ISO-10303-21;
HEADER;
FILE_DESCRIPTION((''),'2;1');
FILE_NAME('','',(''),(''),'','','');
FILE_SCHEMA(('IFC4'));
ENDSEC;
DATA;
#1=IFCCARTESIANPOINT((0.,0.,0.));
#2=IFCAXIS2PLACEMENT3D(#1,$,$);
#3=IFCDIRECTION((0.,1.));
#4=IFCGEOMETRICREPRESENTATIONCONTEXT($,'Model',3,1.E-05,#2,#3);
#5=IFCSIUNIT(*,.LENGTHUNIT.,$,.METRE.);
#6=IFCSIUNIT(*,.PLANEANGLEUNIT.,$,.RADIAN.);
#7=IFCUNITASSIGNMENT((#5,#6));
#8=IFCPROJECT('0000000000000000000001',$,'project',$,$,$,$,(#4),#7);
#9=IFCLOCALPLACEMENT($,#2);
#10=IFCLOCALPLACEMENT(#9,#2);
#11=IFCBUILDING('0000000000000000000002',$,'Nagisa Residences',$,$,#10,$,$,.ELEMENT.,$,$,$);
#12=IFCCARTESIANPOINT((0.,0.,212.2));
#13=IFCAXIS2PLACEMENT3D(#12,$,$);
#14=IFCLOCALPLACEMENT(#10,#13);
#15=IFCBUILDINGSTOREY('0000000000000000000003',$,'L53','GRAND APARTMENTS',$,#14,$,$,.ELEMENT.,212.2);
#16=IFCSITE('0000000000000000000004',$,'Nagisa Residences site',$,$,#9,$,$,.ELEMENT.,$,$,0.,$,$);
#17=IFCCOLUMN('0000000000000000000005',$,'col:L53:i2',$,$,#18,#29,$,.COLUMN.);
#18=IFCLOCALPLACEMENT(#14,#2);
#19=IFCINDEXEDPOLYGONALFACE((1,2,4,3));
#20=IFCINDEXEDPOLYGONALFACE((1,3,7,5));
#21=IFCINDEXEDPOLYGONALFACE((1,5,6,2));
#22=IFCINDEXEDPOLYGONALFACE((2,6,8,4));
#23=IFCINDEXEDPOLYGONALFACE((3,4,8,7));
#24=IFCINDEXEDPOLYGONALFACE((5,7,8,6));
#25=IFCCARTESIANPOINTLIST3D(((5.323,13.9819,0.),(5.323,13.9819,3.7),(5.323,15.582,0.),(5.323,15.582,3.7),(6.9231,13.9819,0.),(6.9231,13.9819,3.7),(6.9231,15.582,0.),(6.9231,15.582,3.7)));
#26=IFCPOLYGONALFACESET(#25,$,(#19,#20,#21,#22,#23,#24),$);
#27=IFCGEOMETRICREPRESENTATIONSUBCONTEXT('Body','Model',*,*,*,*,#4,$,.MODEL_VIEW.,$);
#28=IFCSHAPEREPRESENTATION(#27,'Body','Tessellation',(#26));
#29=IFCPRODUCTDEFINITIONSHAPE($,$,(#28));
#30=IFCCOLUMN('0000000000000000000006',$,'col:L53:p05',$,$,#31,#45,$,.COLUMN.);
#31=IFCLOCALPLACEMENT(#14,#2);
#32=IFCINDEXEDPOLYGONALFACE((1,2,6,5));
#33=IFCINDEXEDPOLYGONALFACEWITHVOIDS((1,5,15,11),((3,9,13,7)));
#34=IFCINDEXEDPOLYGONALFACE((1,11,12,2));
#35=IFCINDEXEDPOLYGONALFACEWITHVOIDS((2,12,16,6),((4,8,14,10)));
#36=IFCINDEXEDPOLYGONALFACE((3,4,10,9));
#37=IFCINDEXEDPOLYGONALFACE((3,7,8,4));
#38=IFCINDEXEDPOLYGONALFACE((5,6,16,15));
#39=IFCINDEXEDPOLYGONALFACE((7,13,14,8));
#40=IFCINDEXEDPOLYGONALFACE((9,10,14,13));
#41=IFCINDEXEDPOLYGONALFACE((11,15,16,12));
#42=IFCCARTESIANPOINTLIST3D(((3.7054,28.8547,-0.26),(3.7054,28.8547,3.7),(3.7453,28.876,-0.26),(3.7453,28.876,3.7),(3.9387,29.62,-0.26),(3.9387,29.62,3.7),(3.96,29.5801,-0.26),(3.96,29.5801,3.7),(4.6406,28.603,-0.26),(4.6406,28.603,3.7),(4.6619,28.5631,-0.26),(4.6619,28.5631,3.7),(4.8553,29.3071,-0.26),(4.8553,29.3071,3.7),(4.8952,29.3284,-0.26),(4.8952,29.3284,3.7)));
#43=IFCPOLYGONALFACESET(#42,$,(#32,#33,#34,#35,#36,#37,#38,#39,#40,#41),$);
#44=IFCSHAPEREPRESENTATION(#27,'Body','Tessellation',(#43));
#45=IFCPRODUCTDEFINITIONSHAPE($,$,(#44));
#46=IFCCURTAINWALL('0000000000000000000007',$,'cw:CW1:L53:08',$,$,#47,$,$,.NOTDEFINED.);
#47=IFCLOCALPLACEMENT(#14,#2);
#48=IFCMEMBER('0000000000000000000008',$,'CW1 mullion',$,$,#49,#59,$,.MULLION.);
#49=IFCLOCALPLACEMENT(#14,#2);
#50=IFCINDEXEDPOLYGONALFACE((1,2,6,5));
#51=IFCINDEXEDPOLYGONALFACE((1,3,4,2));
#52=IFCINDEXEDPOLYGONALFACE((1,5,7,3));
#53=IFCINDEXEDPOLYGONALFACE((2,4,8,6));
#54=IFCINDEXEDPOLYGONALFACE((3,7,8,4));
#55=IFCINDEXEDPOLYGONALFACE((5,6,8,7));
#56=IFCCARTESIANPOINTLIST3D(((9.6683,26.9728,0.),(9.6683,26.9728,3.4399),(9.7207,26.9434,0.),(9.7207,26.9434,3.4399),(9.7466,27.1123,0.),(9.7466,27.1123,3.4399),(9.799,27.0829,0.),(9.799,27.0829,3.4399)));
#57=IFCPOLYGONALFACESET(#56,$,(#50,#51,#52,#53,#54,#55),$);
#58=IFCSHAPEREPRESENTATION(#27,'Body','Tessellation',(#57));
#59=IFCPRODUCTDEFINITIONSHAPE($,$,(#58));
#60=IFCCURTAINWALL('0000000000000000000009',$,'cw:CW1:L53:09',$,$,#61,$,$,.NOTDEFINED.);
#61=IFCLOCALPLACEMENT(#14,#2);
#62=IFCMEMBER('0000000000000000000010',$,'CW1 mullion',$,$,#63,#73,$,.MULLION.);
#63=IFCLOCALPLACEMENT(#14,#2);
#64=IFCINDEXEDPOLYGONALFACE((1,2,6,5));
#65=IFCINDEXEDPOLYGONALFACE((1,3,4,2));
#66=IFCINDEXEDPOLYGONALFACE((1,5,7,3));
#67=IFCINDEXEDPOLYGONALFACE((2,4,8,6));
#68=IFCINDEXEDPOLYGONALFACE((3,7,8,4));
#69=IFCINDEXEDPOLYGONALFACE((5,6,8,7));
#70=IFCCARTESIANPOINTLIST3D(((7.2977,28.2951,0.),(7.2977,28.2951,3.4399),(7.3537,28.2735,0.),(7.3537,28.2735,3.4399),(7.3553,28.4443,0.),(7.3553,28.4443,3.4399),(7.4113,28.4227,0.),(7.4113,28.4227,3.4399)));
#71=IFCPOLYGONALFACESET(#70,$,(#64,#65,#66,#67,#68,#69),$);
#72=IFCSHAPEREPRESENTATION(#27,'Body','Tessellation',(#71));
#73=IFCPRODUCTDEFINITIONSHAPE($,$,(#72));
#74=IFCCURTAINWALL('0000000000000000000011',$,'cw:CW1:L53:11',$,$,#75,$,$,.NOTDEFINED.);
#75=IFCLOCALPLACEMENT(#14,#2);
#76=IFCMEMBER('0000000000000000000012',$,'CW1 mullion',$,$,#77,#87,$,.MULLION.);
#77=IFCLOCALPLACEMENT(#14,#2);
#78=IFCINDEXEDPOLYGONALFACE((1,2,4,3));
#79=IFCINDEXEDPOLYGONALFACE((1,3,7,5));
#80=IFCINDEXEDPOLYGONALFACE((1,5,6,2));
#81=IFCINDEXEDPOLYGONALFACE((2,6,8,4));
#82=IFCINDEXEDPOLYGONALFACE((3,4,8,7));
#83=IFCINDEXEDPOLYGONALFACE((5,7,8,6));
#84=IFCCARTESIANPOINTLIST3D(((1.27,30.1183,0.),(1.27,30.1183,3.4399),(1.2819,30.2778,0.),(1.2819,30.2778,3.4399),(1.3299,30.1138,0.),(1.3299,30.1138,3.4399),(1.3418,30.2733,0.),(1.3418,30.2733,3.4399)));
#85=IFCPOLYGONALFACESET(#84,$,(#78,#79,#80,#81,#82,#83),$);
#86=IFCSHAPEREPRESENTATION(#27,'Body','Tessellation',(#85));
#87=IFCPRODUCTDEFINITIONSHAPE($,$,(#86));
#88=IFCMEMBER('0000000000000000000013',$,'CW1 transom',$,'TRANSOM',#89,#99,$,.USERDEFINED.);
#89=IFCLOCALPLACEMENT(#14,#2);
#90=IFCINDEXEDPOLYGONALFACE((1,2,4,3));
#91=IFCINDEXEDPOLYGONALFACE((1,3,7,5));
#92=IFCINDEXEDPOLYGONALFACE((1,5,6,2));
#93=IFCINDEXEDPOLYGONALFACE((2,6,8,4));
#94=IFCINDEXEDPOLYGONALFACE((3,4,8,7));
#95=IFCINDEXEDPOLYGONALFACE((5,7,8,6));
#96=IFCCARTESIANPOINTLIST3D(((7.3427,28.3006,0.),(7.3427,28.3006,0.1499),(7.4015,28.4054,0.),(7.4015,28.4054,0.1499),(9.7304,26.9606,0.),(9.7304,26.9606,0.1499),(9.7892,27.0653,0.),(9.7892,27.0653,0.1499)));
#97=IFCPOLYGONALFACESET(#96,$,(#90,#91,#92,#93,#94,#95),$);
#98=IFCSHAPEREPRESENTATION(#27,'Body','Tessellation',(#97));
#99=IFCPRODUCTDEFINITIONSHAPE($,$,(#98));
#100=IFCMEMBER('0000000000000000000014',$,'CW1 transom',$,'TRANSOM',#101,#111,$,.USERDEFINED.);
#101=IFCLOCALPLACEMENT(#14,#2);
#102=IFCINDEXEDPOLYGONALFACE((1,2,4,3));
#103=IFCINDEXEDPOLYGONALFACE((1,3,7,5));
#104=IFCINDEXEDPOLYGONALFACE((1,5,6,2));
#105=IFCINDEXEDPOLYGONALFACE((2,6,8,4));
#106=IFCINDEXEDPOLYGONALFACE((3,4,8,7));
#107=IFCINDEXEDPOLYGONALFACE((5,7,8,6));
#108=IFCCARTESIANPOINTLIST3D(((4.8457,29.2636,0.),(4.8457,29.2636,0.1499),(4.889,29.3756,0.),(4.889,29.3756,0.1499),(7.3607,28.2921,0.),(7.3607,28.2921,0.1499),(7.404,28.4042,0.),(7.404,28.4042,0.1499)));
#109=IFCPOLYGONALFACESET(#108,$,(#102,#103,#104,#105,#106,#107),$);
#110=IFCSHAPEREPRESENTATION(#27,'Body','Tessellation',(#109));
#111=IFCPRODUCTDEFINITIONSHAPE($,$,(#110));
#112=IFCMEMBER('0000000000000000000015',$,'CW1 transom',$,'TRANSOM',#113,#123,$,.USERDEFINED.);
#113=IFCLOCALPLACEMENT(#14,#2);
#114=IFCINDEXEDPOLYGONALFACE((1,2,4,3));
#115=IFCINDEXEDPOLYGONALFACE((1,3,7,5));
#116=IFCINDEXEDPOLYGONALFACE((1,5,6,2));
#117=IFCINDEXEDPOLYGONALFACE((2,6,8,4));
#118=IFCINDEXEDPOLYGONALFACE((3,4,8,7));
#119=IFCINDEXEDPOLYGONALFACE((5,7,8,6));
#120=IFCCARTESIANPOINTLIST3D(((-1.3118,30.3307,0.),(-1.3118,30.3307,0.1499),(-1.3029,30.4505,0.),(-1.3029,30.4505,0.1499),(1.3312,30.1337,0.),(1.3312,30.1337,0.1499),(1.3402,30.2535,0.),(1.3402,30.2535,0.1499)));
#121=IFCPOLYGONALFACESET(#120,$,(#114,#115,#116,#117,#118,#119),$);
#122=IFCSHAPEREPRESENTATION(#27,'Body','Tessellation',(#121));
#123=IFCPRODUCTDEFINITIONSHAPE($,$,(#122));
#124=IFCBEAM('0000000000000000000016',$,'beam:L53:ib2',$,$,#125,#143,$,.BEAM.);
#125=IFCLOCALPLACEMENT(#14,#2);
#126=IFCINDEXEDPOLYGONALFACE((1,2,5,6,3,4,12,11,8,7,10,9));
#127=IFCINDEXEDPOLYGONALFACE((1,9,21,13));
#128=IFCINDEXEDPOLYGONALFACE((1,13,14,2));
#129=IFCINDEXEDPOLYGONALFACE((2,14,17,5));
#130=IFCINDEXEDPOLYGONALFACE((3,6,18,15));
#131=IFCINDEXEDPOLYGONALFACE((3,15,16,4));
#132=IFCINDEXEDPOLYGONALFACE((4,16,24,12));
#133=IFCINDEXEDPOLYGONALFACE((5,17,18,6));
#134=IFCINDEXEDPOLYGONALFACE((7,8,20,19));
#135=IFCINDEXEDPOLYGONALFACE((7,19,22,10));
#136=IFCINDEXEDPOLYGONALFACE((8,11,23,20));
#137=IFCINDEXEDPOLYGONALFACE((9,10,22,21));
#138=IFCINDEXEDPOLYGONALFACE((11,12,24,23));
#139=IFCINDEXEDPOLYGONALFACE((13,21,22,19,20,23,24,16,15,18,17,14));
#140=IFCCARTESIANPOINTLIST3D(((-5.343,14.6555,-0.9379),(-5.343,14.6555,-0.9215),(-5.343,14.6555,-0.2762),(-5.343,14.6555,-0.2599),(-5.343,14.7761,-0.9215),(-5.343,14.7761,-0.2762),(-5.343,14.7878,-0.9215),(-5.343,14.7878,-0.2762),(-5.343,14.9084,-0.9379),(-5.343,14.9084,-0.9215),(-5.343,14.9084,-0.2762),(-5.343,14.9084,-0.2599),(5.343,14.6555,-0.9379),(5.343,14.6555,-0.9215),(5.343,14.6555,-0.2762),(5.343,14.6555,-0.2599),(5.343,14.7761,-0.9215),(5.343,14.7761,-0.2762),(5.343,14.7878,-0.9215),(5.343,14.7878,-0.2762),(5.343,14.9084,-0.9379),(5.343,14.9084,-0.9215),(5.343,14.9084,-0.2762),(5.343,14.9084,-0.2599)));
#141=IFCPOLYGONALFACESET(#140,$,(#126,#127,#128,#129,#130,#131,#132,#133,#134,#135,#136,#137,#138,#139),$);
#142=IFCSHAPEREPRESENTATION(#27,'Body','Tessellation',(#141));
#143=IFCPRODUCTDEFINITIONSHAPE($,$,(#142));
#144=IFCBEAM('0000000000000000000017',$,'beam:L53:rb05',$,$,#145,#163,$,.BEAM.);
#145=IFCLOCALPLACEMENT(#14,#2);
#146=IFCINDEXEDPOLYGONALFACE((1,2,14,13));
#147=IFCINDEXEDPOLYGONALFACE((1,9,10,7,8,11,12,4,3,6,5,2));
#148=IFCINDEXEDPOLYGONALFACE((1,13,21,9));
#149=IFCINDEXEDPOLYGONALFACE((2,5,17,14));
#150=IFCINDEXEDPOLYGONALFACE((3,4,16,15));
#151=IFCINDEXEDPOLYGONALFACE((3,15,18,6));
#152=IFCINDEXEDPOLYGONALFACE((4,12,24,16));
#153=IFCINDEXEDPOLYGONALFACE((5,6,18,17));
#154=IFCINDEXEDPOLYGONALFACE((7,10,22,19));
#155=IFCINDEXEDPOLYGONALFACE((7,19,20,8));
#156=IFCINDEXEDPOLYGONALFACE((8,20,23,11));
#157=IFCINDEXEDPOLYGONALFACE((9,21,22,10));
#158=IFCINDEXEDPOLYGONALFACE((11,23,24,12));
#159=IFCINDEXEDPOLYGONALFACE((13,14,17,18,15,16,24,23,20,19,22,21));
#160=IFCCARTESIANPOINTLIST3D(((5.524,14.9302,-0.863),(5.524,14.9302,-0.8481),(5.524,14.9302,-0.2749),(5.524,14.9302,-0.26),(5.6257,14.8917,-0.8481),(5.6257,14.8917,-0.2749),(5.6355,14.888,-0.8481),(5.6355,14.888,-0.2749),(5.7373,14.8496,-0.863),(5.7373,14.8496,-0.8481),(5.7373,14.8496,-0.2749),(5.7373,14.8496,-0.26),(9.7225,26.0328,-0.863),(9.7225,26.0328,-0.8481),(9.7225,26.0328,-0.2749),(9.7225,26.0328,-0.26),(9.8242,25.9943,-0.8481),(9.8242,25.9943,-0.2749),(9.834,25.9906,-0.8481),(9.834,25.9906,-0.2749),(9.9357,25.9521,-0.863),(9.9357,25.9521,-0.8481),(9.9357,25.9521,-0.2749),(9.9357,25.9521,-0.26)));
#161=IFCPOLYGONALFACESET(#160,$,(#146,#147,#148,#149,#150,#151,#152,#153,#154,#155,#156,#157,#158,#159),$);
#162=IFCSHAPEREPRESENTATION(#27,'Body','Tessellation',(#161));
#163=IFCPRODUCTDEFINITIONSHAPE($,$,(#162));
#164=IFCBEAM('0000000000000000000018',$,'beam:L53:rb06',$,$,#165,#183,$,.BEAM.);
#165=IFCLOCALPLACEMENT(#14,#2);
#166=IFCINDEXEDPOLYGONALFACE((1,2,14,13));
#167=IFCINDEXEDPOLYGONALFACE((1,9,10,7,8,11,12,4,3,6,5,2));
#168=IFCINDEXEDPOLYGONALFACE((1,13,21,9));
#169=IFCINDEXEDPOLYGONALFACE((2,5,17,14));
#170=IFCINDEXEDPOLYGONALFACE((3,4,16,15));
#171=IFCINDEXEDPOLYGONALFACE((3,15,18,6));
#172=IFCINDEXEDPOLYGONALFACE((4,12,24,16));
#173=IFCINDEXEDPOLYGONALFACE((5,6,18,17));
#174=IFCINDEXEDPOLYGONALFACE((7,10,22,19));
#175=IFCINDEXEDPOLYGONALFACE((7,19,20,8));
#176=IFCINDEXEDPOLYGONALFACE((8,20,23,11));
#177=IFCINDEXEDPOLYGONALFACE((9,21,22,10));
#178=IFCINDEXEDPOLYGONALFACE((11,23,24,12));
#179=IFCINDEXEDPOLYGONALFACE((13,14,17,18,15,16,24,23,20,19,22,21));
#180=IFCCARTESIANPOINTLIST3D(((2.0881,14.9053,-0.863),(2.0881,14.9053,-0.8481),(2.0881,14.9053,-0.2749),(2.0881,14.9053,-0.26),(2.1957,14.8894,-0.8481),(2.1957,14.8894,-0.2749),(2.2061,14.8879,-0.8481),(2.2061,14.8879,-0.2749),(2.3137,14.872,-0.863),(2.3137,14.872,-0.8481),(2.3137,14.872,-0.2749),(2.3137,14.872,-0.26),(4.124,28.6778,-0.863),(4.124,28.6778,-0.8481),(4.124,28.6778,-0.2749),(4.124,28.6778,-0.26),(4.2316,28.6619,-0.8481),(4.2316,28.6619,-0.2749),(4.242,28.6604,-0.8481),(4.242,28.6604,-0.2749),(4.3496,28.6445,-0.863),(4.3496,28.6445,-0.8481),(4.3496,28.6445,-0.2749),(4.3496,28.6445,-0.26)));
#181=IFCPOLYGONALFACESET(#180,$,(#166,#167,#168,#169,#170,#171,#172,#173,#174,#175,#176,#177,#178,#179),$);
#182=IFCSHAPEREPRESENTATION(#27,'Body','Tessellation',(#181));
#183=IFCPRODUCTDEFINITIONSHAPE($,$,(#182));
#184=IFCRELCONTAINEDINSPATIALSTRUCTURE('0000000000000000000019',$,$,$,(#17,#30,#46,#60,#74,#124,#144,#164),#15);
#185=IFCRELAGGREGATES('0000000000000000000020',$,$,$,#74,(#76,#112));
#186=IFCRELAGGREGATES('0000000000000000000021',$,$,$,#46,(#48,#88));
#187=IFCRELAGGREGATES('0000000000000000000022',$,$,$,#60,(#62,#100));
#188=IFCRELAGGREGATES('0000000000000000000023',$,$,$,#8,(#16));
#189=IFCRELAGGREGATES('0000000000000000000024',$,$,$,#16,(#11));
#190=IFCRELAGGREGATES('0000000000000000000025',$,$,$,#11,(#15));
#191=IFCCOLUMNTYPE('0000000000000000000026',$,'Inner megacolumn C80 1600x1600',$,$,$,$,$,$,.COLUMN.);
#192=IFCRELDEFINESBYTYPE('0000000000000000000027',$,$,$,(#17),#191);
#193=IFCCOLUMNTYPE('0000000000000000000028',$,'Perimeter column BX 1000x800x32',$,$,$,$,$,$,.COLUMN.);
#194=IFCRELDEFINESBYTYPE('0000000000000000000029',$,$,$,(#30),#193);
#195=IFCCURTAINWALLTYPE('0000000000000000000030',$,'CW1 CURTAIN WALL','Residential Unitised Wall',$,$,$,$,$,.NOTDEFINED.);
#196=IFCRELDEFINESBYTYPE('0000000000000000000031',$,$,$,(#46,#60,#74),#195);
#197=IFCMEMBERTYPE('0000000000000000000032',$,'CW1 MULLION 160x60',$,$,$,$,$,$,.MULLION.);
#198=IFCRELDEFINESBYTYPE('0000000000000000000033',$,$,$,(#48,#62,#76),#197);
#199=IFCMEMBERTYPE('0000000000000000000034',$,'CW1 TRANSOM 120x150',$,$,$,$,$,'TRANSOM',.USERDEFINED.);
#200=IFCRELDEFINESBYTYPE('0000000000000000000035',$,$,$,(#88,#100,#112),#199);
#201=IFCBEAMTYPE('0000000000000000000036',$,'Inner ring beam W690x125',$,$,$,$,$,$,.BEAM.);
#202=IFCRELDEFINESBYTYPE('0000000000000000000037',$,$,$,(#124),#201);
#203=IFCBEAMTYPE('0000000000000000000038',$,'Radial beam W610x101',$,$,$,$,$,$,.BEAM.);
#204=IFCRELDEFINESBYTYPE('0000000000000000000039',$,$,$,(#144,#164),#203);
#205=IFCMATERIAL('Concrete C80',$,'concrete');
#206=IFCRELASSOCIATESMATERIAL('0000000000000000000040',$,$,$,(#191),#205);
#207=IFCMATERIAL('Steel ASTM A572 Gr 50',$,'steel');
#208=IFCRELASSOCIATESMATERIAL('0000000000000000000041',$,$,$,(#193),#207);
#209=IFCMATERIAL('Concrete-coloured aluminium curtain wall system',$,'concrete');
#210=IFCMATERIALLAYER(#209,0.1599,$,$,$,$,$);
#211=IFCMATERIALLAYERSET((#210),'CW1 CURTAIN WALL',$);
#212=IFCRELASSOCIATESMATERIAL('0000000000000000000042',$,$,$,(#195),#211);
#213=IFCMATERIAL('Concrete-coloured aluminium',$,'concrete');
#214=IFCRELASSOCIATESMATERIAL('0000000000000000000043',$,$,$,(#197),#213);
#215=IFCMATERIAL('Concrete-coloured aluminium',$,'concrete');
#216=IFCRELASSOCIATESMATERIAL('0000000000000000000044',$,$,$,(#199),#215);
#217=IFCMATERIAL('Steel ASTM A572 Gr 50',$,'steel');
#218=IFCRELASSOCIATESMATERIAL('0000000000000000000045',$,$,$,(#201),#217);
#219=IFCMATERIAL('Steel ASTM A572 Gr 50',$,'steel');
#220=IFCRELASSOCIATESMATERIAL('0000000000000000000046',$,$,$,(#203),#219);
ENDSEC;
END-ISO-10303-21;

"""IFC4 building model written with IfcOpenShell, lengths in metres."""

from ifc_helpers import new_model, si_unit, direction, frame, origin, origin_2d, place, context, subcontext, project, spatial, rectangle, hollow_rectangle, i_section, extrude, material, layer, layer_set, material_profile, profile_set, type_object, element, aggregate, save


model = new_model("IFC4")

# Units and contexts
model_context = context("Model", 3, precision=1e-05, world=origin(), true_north=direction((0.0, 1.0)))
body_context = subcontext(model_context, "Body", "Model", "MODEL_VIEW")
ifc_project = project(units=[si_unit("LENGTHUNIT", "METRE"), si_unit("PLANEANGLEUNIT", "RADIAN")], contexts=[model_context])

# Site, building, storey
site_placement = place(None, origin())
site = spatial("IfcSite", under=ifc_project, at=site_placement, Name="Nagisa Residences site", CompositionType="ELEMENT", RefElevation=0.0)
building_placement = place(site_placement, origin())
building = spatial("IfcBuilding", under=site, at=building_placement, Name="Nagisa Residences", CompositionType="ELEMENT")
storey_placement = place(building_placement, frame((0.0, 0.0, 212.2)))
storey = spatial("IfcBuildingStorey", under=building, at=storey_placement, Name="L53", Description="GRAND APARTMENTS", CompositionType="ELEMENT", Elevation=212.2)

# Columns
ifc_material_1 = material(Name="Concrete C80", Category="concrete")
ifc_material_profile_1 = material_profile(ifc_material_1, rectangle(XDim=1.6001, YDim=1.6001, at=origin_2d()), Name="C80 1600x1600")
ifc_profile_set_1 = profile_set([ifc_material_profile_1], Name="Concrete C80")
column_type_1 = type_object("IfcColumnType", Name="Inner megacolumn C80 1600x1600", PredefinedType="COLUMN", material=ifc_profile_set_1)
column_1_placement = place(storey_placement, frame((6.123, 14.782, 0.0), z_axis=(0.0, 0.0, 1.0), x_axis=(1.0, 0.0, 0.0)))
element("IfcColumn", 1, at=column_1_placement, inside=storey, type_object=column_type_1, Name="col:L53:i2", PredefinedType="COLUMN", context=body_context, shape_type="SweptSolid", body=[
    extrude(rectangle(XDim=1.6001, YDim=1.6001, at=origin_2d()), origin(), (0.0, 0.0, 1.0), 3.7),
])
ifc_material_2 = material(Name="Steel ASTM A572 Gr 50", Category="steel")
ifc_material_profile_2 = material_profile(ifc_material_2, hollow_rectangle(XDim=1.0, YDim=0.8, WallThickness=0.032, at=origin_2d()), Name="BX 1000x800x32")
ifc_profile_set_2 = profile_set([ifc_material_profile_2], Name="Steel ASTM A572 Gr 50")
column_type_2 = type_object("IfcColumnType", Name="Perimeter column BX 1000x800x32", PredefinedType="COLUMN", material=ifc_profile_set_2)
column_2_placement = place(storey_placement, frame((4.3003, 29.0916, -0.26), z_axis=(0.0, 0.0, 1.0), x_axis=(-0.956525, 0.291652, 0.0)))
element("IfcColumn", 2, at=column_2_placement, inside=storey, type_object=column_type_2, Name="col:L53:p05", PredefinedType="COLUMN", context=body_context, shape_type="SweptSolid", body=[
    extrude(hollow_rectangle(XDim=1.0, YDim=0.8, WallThickness=0.032, at=origin_2d()), origin(), (0.0, 0.0, 1.0), 3.96),
])

# Curtain walls, members
ifc_material_3 = material(Name="Concrete-coloured aluminium curtain wall system", Category="concrete")
ifc_layer_1 = layer(ifc_material_3, 0.1599)
ifc_layer_set_1 = layer_set([ifc_layer_1], Name="CW1 CURTAIN WALL")
curtain_wall_type = type_object("IfcCurtainWallType", Name="CW1 CURTAIN WALL", Description="Residential Unitised Wall", PredefinedType="NOTDEFINED", material=ifc_layer_set_1)
curtain_wall_1_placement = place(storey_placement, origin())
curtain_wall_1 = element("IfcCurtainWall", 3, at=curtain_wall_1_placement, inside=storey, type_object=curtain_wall_type, Name="cw:CW1:L53:08", PredefinedType="NOTDEFINED")
ifc_material_4 = material(Name="Concrete-coloured aluminium", Category="concrete")
ifc_material_profile_3 = material_profile(ifc_material_4, rectangle(XDim=0.1599, YDim=0.0601, at=origin_2d()), Name="CW1 MULLION 160x60")
ifc_profile_set_3 = profile_set([ifc_material_profile_3], Name="Concrete-coloured aluminium")
member_type_1 = type_object("IfcMemberType", Name="CW1 MULLION 160x60", PredefinedType="MULLION", material=ifc_profile_set_3)
member_1_placement = place(storey_placement, frame((9.7336, 27.0278, 0.0), z_axis=(0.0, 0.0, 1.0), x_axis=(-0.489377, -0.872072, 0.0)))
member_1 = element("IfcMember", 4, at=member_1_placement, type_object=member_type_1, Name="CW1 mullion", PredefinedType="MULLION", context=body_context, shape_type="SweptSolid", body=[
    extrude(rectangle(XDim=0.1599, YDim=0.0601, at=origin_2d()), origin(), (0.0, 0.0, 1.0), 3.4399),
])
curtain_wall_2_placement = place(storey_placement, origin())
curtain_wall_2 = element("IfcCurtainWall", 5, at=curtain_wall_2_placement, inside=storey, type_object=curtain_wall_type, Name="cw:CW1:L53:09", PredefinedType="NOTDEFINED")
member_2_placement = place(storey_placement, frame((7.3545, 28.3589, 0.0), z_axis=(0.0, 0.0, 1.0), x_axis=(-0.360328, -0.932826, 0.0)))
member_2 = element("IfcMember", 6, at=member_2_placement, type_object=member_type_1, Name="CW1 mullion", PredefinedType="MULLION", context=body_context, shape_type="SweptSolid", body=[
    extrude(rectangle(XDim=0.1599, YDim=0.0601, at=origin_2d()), origin(), (0.0, 0.0, 1.0), 3.4399),
])
curtain_wall_3_placement = place(storey_placement, origin())
curtain_wall_3 = element("IfcCurtainWall", 7, at=curtain_wall_3_placement, inside=storey, type_object=curtain_wall_type, Name="cw:CW1:L53:11", PredefinedType="NOTDEFINED")
member_3_placement = place(storey_placement, frame((1.3059, 30.1958, 0.0), z_axis=(0.0, 0.0, 1.0), x_axis=(-0.074377, -0.99723, 0.0)))
member_3 = element("IfcMember", 8, at=member_3_placement, type_object=member_type_1, Name="CW1 mullion", PredefinedType="MULLION", context=body_context, shape_type="SweptSolid", body=[
    extrude(rectangle(XDim=0.1599, YDim=0.0601, at=origin_2d()), origin(), (0.0, 0.0, 1.0), 3.4399),
])

# Members
ifc_material_5 = material(Name="Concrete-coloured aluminium", Category="concrete")
ifc_material_profile_4 = material_profile(ifc_material_5, rectangle(XDim=0.1201, YDim=0.1499, at=origin_2d()), Name="CW1 TRANSOM 120x150")
ifc_profile_set_4 = profile_set([ifc_material_profile_4], Name="Concrete-coloured aluminium")
member_type_2 = type_object("IfcMemberType", Name="CW1 TRANSOM 120x150", ElementType="TRANSOM", PredefinedType="USERDEFINED", material=ifc_profile_set_4)
member_4_placement = place(storey_placement, frame((9.7598, 27.0129, 0.075), z_axis=(-0.872042, 0.489431, 0.0), x_axis=(-0.489431, -0.872042, 0.0)))
member_4 = element("IfcMember", 9, at=member_4_placement, type_object=member_type_2, Name="CW1 transom", ObjectType="TRANSOM", PredefinedType="USERDEFINED", context=body_context, shape_type="SweptSolid", body=[
    extrude(rectangle(XDim=0.1201, YDim=0.1499, at=origin_2d()), origin(), (0.0, 0.0, 1.0), 2.738),
])
member_5_placement = place(storey_placement, frame((7.3823, 28.3481, 0.075), z_axis=(-0.932826, 0.360326, 0.0), x_axis=(-0.360326, -0.932826, 0.0)))
member_5 = element("IfcMember", 10, at=member_5_placement, type_object=member_type_2, Name="CW1 transom", ObjectType="TRANSOM", PredefinedType="USERDEFINED", context=body_context, shape_type="SweptSolid", body=[
    extrude(rectangle(XDim=0.1201, YDim=0.1499, at=origin_2d()), origin(), (0.0, 0.0, 1.0), 2.696),
])
member_6_placement = place(storey_placement, frame((1.3357, 30.1936, 0.075), z_axis=(-0.997233, 0.074337, 0.0), x_axis=(-0.074337, -0.997233, 0.0)))
member_6 = element("IfcMember", 11, at=member_6_placement, type_object=member_type_2, Name="CW1 transom", ObjectType="TRANSOM", PredefinedType="USERDEFINED", context=body_context, shape_type="SweptSolid", body=[
    extrude(rectangle(XDim=0.1201, YDim=0.1499, at=origin_2d()), origin(), (0.0, 0.0, 1.0), 2.6504),
])
aggregate(curtain_wall_3, [member_3, member_6])

# Beams
ifc_material_6 = material(Name="Steel ASTM A572 Gr 50", Category="steel")
ifc_material_profile_5 = material_profile(ifc_material_6, i_section(OverallWidth=0.2529, OverallDepth=0.678, WebThickness=0.0117, FlangeThickness=0.0164, at=origin_2d()), Name="W690x125")
ifc_profile_set_5 = profile_set([ifc_material_profile_5], Name="Steel ASTM A572 Gr 50")
beam_type_1 = type_object("IfcBeamType", Name="Inner ring beam W690x125", PredefinedType="BEAM", material=ifc_profile_set_5)
beam_1_placement = place(storey_placement, frame((5.343, 14.782, -0.5989), z_axis=(-1.0, 0.0, 0.0), x_axis=(0.0, -1.0, 0.0)))
element("IfcBeam", 12, at=beam_1_placement, inside=storey, type_object=beam_type_1, Name="beam:L53:ib2", PredefinedType="BEAM", context=body_context, shape_type="SweptSolid", body=[
    extrude(i_section(OverallWidth=0.2529, OverallDepth=0.678, WebThickness=0.0117, FlangeThickness=0.0164, at=origin_2d()), origin(), (0.0, 0.0, 1.0), 10.686),
])
ifc_material_7 = material(Name="Steel ASTM A572 Gr 50", Category="steel")
ifc_material_profile_6 = material_profile(ifc_material_7, i_section(OverallWidth=0.228, OverallDepth=0.603, WebThickness=0.0105, FlangeThickness=0.0149, at=origin_2d()), Name="W610x101")
ifc_profile_set_6 = profile_set([ifc_material_profile_6], Name="Steel ASTM A572 Gr 50")
beam_type_2 = type_object("IfcBeamType", Name="Radial beam W610x101", PredefinedType="BEAM", material=ifc_profile_set_6)
beam_2_placement = place(storey_placement, frame((9.8291, 25.9924, -0.5615), z_axis=(-0.35371, -0.935355, 0.0), x_axis=(0.935355, -0.35371, 0.0)))
element("IfcBeam", 13, at=beam_2_placement, inside=storey, type_object=beam_type_2, Name="beam:L53:rb05", PredefinedType="BEAM", context=body_context, shape_type="SweptSolid", body=[
    extrude(i_section(OverallWidth=0.228, OverallDepth=0.603, WebThickness=0.0105, FlangeThickness=0.0149, at=origin_2d()), origin(), (0.0, 0.0, 1.0), 11.8699),
])
beam_3_placement = place(storey_placement, frame((4.2368, 28.6611, -0.5615), z_axis=(-0.146234, -0.98925, 0.0), x_axis=(0.98925, -0.146234, 0.0)))
element("IfcBeam", 14, at=beam_3_placement, inside=storey, type_object=beam_type_2, Name="beam:L53:rb06", PredefinedType="BEAM", context=body_context, shape_type="SweptSolid", body=[
    extrude(i_section(OverallWidth=0.228, OverallDepth=0.603, WebThickness=0.0105, FlangeThickness=0.0149, at=origin_2d()), origin(), (0.0, 0.0, 1.0), 13.9221),
])

aggregate(curtain_wall_1, [member_1, member_4])
aggregate(curtain_wall_2, [member_2, member_5])

save(model, "model.ifc")
